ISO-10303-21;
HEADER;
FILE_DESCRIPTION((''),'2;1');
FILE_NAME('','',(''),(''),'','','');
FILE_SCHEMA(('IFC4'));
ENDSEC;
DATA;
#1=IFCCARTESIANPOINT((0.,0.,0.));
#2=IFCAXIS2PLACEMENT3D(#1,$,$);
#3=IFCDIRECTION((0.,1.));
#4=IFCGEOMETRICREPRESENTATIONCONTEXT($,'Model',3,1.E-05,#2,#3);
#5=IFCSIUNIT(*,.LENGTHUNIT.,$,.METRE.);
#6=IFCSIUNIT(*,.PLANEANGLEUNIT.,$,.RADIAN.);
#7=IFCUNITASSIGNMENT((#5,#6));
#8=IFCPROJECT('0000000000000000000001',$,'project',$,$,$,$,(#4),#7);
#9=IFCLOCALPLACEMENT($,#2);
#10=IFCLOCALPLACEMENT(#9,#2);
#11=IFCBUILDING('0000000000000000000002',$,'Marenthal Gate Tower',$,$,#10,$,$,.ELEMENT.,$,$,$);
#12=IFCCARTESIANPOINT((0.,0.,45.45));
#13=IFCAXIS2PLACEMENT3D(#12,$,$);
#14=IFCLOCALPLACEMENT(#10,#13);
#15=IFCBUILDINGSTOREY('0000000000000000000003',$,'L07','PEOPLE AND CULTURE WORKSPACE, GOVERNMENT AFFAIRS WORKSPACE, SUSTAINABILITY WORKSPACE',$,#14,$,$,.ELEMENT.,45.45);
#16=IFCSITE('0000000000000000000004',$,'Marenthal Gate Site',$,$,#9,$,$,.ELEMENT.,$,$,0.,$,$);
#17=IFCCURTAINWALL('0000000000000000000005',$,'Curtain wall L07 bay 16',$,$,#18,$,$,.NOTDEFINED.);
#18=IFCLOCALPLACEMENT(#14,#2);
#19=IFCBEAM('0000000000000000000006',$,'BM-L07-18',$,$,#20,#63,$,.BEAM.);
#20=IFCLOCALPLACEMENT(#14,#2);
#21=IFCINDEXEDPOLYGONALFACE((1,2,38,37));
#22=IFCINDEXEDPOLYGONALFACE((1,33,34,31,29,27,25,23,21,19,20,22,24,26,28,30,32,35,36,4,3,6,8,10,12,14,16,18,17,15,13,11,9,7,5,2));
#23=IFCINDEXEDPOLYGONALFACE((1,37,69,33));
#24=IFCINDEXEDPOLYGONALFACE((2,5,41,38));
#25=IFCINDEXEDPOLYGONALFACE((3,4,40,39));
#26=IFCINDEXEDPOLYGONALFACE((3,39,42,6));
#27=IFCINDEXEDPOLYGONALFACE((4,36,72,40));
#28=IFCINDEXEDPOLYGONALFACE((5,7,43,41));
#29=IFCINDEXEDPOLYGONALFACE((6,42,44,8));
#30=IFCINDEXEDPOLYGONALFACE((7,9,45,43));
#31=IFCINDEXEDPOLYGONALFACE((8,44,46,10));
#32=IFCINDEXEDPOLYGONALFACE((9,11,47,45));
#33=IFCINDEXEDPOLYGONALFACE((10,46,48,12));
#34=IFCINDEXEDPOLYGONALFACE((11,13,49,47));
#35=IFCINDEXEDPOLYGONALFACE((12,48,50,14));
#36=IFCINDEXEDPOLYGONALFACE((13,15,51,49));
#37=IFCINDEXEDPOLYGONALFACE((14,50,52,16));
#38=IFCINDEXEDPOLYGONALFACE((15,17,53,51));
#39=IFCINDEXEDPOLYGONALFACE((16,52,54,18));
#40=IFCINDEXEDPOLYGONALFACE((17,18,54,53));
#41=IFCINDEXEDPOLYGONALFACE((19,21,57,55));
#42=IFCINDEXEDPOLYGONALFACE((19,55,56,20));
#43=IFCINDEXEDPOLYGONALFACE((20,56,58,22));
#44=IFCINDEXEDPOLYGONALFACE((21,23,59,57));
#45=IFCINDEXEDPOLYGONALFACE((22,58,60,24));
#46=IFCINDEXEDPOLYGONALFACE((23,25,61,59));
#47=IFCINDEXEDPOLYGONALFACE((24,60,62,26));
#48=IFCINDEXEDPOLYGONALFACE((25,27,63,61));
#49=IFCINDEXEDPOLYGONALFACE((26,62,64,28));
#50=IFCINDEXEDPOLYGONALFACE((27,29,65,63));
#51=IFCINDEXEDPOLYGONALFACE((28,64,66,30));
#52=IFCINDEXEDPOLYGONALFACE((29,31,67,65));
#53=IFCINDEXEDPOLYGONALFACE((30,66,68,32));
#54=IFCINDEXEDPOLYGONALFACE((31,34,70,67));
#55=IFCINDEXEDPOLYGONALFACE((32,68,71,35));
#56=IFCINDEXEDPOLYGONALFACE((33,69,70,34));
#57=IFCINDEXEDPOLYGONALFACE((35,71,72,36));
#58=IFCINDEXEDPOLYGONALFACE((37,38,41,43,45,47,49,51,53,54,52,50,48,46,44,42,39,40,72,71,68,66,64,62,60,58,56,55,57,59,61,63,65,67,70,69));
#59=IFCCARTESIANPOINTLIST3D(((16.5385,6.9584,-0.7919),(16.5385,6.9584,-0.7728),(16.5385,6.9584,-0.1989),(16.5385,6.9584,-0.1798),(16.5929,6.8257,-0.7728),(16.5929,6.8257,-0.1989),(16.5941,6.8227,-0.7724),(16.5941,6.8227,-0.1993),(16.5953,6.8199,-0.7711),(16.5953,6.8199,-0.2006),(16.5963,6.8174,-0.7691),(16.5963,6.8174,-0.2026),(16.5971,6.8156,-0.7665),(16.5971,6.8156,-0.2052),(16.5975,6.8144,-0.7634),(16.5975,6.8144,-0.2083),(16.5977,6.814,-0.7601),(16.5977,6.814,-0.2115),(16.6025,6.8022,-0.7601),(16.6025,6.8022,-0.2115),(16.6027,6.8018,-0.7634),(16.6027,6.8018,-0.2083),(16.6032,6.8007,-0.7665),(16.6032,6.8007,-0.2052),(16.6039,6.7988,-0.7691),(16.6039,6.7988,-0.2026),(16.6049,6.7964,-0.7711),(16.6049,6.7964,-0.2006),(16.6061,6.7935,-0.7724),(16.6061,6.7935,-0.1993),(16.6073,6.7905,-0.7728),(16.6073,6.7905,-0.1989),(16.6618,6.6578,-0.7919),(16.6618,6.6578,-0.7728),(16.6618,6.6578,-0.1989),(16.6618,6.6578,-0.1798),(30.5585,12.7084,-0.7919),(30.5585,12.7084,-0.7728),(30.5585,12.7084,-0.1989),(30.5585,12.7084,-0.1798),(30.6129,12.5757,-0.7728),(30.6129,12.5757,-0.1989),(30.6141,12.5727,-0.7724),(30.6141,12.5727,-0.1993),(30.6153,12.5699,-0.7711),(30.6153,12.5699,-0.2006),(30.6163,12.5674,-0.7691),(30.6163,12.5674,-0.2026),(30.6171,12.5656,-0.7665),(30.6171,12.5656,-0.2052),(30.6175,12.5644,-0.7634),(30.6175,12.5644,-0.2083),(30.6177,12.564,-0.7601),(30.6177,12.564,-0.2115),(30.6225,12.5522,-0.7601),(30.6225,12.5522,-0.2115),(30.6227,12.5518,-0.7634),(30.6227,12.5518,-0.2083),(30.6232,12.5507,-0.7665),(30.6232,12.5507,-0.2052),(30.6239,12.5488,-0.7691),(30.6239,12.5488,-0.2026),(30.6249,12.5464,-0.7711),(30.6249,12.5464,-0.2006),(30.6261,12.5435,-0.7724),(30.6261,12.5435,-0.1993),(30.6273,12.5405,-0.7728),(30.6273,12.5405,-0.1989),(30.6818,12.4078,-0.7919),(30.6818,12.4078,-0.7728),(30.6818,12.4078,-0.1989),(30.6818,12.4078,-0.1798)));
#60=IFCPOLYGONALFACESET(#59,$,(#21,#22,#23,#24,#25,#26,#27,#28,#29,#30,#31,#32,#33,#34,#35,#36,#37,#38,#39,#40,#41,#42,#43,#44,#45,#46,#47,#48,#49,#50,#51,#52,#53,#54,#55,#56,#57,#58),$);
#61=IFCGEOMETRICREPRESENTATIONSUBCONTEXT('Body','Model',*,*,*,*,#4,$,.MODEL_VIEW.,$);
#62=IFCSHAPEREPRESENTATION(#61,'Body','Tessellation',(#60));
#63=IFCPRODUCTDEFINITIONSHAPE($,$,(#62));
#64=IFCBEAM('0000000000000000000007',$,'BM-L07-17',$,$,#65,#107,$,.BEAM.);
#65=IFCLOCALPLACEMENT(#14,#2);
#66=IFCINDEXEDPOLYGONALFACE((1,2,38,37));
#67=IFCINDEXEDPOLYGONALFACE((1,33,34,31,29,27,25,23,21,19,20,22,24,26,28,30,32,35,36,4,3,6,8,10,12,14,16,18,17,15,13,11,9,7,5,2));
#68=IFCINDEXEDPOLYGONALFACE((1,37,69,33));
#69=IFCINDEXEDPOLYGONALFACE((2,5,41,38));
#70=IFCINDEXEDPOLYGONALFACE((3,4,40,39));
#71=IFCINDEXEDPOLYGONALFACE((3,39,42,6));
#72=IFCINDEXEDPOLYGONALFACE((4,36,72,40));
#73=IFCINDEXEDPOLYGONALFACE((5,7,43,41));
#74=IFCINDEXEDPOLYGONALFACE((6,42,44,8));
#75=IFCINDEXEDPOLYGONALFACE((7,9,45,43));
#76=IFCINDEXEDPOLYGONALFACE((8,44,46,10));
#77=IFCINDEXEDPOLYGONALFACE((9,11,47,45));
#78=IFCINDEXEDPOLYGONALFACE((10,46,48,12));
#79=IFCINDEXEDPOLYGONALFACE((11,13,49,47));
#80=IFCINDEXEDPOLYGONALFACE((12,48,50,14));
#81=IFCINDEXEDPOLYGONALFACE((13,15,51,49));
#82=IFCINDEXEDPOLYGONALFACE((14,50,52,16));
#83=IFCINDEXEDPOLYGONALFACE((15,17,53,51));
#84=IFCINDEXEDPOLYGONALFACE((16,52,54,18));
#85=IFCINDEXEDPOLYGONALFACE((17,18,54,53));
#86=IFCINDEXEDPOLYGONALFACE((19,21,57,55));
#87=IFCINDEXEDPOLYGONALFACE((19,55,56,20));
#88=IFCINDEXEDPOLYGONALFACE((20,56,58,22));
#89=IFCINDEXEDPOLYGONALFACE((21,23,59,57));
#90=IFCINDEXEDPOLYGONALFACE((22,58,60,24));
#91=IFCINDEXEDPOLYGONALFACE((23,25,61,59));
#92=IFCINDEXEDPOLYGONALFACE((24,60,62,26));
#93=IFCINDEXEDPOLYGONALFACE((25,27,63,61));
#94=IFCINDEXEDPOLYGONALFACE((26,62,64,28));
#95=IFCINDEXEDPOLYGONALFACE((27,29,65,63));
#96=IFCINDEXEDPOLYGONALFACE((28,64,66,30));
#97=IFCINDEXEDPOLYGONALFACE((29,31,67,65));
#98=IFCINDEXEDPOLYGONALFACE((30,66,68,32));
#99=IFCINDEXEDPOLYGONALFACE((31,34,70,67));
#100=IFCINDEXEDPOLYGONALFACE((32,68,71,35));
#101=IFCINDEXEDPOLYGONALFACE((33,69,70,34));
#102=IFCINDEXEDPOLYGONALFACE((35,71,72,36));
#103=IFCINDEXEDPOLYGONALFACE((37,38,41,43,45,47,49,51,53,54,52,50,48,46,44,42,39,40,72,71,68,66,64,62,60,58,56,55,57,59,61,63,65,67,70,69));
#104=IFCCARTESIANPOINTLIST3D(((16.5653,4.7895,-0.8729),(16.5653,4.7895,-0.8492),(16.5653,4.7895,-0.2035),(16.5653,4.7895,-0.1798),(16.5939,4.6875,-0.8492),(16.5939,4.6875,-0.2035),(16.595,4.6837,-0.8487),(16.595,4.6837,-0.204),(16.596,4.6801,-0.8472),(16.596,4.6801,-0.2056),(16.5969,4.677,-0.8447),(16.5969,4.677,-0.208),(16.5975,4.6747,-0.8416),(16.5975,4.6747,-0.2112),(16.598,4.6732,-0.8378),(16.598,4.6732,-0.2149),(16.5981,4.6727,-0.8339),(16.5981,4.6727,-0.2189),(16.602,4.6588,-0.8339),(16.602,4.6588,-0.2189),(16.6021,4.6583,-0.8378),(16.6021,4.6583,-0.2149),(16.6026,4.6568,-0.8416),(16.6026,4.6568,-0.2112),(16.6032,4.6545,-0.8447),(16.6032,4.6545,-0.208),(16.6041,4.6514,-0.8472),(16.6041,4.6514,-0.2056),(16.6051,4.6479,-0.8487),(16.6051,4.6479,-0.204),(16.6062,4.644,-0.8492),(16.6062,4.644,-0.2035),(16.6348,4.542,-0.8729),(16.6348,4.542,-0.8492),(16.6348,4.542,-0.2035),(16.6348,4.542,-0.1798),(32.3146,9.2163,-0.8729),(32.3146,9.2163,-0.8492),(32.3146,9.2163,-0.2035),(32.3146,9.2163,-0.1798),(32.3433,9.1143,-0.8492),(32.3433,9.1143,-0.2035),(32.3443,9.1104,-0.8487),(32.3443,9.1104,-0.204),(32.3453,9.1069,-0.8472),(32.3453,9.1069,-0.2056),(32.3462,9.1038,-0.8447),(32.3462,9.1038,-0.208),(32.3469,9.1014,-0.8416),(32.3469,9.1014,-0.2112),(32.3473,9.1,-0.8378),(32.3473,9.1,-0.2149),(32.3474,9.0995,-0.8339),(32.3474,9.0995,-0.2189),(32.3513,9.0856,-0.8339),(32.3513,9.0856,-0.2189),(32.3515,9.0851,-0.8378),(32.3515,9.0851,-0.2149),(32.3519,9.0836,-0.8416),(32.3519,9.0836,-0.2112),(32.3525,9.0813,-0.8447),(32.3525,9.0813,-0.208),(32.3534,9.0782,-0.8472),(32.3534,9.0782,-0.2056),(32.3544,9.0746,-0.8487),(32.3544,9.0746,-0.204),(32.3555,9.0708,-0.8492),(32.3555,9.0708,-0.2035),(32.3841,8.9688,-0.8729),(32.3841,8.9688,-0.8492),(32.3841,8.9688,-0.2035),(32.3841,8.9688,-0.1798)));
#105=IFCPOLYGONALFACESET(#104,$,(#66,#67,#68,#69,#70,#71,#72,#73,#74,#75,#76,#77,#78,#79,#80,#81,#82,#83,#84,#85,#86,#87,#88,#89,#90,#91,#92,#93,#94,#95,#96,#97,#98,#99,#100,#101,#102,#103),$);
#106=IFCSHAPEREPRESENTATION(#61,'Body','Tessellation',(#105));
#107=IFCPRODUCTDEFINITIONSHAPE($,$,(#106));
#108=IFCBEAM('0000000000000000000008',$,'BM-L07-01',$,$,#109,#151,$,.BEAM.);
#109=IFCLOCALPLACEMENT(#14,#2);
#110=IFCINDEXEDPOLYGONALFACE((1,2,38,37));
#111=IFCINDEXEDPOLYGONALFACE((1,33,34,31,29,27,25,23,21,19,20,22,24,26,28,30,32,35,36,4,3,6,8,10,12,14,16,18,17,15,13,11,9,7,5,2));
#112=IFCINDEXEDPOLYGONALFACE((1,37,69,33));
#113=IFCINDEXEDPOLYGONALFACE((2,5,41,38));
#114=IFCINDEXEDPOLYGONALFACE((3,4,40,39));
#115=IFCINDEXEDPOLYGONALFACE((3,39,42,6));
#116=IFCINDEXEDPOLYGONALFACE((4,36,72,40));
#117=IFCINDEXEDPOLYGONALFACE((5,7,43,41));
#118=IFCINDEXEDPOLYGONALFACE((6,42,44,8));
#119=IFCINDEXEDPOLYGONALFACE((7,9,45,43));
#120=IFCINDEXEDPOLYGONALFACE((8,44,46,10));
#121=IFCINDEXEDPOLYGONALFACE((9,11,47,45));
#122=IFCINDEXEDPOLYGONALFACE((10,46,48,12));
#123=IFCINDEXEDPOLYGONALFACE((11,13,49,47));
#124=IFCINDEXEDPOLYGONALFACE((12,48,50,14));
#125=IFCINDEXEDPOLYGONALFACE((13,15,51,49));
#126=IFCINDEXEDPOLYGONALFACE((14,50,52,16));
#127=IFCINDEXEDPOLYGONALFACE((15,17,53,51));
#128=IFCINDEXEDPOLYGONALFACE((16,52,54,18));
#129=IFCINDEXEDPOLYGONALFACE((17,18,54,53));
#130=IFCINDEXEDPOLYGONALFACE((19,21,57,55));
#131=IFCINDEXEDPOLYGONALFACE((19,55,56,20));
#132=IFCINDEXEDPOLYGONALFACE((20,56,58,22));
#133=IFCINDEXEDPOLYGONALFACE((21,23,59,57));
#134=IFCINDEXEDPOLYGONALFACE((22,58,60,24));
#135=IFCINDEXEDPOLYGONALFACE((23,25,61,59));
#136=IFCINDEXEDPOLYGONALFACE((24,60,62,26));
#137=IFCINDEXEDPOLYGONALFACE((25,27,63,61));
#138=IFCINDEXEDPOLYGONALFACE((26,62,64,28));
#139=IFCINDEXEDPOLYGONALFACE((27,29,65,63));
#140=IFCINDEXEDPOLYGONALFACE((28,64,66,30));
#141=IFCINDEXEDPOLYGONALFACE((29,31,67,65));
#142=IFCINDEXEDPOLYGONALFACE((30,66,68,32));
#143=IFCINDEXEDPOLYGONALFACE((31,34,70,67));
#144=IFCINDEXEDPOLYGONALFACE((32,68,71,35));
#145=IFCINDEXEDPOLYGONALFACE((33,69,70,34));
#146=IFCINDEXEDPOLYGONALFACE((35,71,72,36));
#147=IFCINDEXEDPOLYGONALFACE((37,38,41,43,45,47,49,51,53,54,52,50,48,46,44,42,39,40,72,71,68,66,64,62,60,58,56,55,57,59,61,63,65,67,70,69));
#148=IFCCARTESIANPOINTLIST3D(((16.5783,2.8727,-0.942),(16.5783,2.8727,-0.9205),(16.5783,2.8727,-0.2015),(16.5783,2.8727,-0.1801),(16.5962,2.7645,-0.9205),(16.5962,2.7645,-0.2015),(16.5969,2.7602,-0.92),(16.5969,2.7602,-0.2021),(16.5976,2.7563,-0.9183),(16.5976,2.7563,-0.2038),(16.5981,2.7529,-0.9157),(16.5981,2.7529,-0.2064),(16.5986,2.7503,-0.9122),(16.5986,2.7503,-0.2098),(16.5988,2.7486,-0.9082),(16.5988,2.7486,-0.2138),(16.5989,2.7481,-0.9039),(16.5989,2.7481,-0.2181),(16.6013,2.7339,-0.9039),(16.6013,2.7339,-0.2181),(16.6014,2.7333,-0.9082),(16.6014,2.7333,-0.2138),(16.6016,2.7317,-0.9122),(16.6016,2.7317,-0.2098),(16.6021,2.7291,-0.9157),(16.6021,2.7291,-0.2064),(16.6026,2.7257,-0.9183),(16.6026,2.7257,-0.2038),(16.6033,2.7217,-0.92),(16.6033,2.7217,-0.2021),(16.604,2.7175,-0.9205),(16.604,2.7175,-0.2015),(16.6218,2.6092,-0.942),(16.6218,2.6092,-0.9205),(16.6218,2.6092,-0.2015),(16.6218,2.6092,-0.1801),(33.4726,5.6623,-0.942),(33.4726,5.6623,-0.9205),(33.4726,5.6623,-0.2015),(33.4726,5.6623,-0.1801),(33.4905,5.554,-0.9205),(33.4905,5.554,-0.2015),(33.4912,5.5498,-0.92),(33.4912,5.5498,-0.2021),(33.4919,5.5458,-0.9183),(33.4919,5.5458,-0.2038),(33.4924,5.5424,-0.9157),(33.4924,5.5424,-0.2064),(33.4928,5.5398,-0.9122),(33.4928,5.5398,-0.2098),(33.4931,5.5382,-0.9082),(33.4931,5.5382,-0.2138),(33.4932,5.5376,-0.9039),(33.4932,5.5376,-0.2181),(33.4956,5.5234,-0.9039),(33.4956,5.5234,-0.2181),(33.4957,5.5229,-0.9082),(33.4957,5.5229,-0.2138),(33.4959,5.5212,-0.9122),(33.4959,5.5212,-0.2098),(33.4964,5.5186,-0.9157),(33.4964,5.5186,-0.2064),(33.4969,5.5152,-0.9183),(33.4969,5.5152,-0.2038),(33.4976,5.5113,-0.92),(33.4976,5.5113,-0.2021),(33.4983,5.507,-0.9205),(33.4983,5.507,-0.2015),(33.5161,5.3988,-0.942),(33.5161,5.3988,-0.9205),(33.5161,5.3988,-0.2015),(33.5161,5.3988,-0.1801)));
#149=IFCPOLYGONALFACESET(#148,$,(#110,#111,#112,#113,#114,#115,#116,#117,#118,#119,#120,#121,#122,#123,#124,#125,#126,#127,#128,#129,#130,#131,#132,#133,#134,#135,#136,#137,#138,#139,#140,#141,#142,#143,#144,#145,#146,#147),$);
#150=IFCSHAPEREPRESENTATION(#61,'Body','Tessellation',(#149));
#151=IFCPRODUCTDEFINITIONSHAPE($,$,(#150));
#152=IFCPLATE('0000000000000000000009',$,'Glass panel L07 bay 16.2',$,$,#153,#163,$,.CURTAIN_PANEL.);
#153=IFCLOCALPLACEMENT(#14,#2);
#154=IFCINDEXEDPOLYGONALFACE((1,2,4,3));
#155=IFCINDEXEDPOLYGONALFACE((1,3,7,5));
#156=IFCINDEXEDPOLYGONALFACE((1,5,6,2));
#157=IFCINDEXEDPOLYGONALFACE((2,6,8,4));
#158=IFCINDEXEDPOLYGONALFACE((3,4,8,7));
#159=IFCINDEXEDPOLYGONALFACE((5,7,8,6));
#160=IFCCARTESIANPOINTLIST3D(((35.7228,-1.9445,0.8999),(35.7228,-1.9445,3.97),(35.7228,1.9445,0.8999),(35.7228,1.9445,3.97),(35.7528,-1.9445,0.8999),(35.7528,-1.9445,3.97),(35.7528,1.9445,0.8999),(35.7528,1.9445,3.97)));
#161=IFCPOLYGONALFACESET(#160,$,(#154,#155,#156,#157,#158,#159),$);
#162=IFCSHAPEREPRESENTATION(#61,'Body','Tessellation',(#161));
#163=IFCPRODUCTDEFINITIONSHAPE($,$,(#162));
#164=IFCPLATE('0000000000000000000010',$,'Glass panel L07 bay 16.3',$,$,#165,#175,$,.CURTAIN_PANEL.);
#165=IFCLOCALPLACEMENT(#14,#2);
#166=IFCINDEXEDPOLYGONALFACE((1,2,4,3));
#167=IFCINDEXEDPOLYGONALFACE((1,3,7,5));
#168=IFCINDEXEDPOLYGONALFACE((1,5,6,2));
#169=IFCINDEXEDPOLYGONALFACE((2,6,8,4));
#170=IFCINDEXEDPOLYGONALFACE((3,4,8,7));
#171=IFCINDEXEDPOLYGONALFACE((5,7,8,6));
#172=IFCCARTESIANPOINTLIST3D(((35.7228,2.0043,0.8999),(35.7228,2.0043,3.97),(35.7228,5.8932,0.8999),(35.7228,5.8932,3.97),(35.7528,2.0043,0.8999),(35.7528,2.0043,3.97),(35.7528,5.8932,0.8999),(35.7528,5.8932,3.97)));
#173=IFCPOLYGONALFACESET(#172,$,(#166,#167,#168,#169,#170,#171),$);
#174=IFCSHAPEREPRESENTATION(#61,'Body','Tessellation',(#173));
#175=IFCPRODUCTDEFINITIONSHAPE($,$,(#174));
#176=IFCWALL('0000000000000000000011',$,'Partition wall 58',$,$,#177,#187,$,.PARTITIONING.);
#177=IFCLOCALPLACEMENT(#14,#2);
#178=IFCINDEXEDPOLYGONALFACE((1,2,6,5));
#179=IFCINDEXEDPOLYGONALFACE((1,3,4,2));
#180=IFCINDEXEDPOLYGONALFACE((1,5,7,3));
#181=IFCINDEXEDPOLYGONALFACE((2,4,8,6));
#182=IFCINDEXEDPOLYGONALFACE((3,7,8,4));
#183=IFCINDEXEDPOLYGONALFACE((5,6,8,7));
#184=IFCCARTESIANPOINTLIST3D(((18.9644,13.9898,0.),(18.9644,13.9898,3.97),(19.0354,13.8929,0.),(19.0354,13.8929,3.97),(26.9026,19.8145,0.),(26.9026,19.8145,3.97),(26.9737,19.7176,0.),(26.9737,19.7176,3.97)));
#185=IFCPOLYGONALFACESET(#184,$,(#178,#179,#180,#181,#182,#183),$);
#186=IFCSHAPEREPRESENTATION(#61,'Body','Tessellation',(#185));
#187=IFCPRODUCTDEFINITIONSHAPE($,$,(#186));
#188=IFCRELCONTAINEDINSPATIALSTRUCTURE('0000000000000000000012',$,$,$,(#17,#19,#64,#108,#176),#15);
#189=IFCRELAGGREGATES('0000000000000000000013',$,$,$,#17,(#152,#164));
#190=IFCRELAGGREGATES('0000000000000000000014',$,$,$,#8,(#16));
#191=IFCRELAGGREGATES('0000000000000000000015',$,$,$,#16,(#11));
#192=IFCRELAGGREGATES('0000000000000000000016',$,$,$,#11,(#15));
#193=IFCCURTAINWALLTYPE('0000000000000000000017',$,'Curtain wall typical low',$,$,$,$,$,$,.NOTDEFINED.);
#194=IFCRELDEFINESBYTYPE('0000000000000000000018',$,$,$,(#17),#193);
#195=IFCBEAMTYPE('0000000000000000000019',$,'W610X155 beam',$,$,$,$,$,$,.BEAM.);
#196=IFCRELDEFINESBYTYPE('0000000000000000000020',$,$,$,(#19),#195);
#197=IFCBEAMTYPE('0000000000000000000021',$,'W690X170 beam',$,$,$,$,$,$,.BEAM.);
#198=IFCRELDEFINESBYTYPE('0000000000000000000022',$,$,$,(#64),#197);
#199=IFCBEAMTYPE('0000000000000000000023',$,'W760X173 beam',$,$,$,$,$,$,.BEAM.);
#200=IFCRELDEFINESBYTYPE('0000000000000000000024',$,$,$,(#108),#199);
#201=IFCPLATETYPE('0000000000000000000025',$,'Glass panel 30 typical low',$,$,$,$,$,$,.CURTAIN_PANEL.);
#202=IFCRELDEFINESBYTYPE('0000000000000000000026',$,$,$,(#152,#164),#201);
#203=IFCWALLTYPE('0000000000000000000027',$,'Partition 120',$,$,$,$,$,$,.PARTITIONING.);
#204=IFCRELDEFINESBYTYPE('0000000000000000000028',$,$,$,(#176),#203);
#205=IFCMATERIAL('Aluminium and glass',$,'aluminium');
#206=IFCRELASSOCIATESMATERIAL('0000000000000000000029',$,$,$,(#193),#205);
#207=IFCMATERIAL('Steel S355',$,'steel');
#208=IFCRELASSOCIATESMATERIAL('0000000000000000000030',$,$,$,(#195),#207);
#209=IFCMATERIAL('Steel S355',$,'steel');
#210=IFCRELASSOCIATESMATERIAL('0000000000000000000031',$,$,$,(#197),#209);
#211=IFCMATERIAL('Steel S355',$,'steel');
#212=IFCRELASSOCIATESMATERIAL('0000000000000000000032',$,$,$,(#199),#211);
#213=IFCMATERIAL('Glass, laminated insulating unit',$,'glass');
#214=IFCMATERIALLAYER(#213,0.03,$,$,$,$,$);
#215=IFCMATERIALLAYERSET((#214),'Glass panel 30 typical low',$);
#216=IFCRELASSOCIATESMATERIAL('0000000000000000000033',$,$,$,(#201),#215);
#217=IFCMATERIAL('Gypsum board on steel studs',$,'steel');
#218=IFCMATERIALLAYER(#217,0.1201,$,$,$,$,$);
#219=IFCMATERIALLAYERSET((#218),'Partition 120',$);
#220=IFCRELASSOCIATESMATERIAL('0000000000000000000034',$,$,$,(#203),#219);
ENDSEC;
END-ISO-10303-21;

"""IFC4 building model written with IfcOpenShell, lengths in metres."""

from ifc_helpers import new_model, si_unit, direction, frame, frame_2d, origin, origin_2d, place, context, subcontext, project, spatial, rectangle, i_section, extrude, material, layer, layer_set, material_profile, profile_set, type_object, element, aggregate, save


model = new_model("IFC4")

# Units and contexts
model_context = context("Model", 3, precision=1e-05, world=origin(), true_north=direction((0.0, 1.0)))
body_context = subcontext(model_context, "Body", "Model", "MODEL_VIEW")
ifc_project = project(units=[si_unit("LENGTHUNIT", "METRE"), si_unit("PLANEANGLEUNIT", "RADIAN")], contexts=[model_context])

# Site, building, storey
site_placement = place(None, origin())
site = spatial("IfcSite", under=ifc_project, at=site_placement, Name="Marenthal Gate Site", CompositionType="ELEMENT", RefElevation=0.0)
building_placement = place(site_placement, origin())
building = spatial("IfcBuilding", under=site, at=building_placement, Name="Marenthal Gate Tower", CompositionType="ELEMENT")
storey_placement = place(building_placement, frame((0.0, 0.0, 45.45)))
storey = spatial("IfcBuildingStorey", under=building, at=storey_placement, Name="L07", Description="PEOPLE AND CULTURE WORKSPACE, GOVERNMENT AFFAIRS WORKSPACE, SUSTAINABILITY WORKSPACE", CompositionType="ELEMENT", Elevation=45.45)

# Curtain wall
ifc_material_1 = material(Name="Aluminium and glass", Category="aluminium")
curtain_wall_type = type_object("IfcCurtainWallType", Name="Curtain wall typical low", PredefinedType="NOTDEFINED", material=ifc_material_1)
curtain_wall_placement = place(storey_placement, origin())
curtain_wall = element("IfcCurtainWall", 1, at=curtain_wall_placement, inside=storey, type_object=curtain_wall_type, Name="Curtain wall L07 bay 16", PredefinedType="NOTDEFINED")

# Beams
ifc_material_2 = material(Name="Steel S355", Category="steel")
ifc_material_profile_1 = material_profile(ifc_material_2, i_section(OverallWidth=0.325, OverallDepth=0.6121, WebThickness=0.0127, FlangeThickness=0.019, FilletRadius=0.0127, at=origin_2d()), Name="W610X155")
ifc_profile_set_1 = profile_set([ifc_material_profile_1], Name="Steel S355")
beam_type_1 = type_object("IfcBeamType", Name="W610X155 beam", PredefinedType="BEAM", material=ifc_profile_set_1)
beam_1_placement = place(storey_placement, frame((30.6201, 12.5581, -0.4858), z_axis=(-0.92521, -0.379455, 0.0), x_axis=(0.379455, -0.92521, 0.0)))
element("IfcBeam", 2, at=beam_1_placement, inside=storey, type_object=beam_type_1, Name="BM-L07-18", PredefinedType="BEAM", context=body_context, shape_type="SweptSolid", body=[
    extrude(i_section(OverallWidth=0.325, OverallDepth=0.6121, WebThickness=0.0127, FlangeThickness=0.019, FilletRadius=0.0127, at=origin_2d()), origin(), (0.0, 0.0, 1.0), 15.1533),
])
ifc_material_3 = material(Name="Steel S355", Category="steel")
ifc_material_profile_2 = material_profile(ifc_material_3, i_section(OverallWidth=0.2571, OverallDepth=0.6931, WebThickness=0.0144, FlangeThickness=0.0237, FilletRadius=0.0154, at=origin_2d()), Name="W690X170")
ifc_profile_set_2 = profile_set([ifc_material_profile_2], Name="Steel S355")
beam_type_2 = type_object("IfcBeamType", Name="W690X170 beam", PredefinedType="BEAM", material=ifc_profile_set_2)
beam_2_placement = place(storey_placement, frame((32.3494, 9.0925, -0.5264), z_axis=(-0.962694, -0.270591, 0.0), x_axis=(0.270591, -0.962694, 0.0)))
element("IfcBeam", 3, at=beam_2_placement, inside=storey, type_object=beam_type_2, Name="BM-L07-17", PredefinedType="BEAM", context=body_context, shape_type="SweptSolid", body=[
    extrude(i_section(OverallWidth=0.2571, OverallDepth=0.6931, WebThickness=0.0144, FlangeThickness=0.0237, FilletRadius=0.0154, at=origin_2d()), origin(), (0.0, 0.0, 1.0), 16.3596),
])
ifc_material_4 = material(Name="Steel S355", Category="steel")
ifc_material_profile_3 = material_profile(ifc_material_4, i_section(OverallWidth=0.2671, OverallDepth=0.762, WebThickness=0.0144, FlangeThickness=0.0215, FilletRadius=0.0166, at=origin_2d()), Name="W760X173")
ifc_profile_set_3 = profile_set([ifc_material_profile_3], Name="Steel S355")
beam_type_3 = type_object("IfcBeamType", Name="W760X173 beam", PredefinedType="BEAM", material=ifc_profile_set_3)
beam_3_placement = place(storey_placement, frame((33.4944, 5.5305, -0.561), z_axis=(-0.986641, -0.162912, 0.0), x_axis=(0.162912, -0.986641, 0.0)))
element("IfcBeam", 4, at=beam_3_placement, inside=storey, type_object=beam_type_3, Name="BM-L07-01", PredefinedType="BEAM", context=body_context, shape_type="SweptSolid", body=[
    extrude(i_section(OverallWidth=0.2671, OverallDepth=0.762, WebThickness=0.0144, FlangeThickness=0.0215, FilletRadius=0.0166, at=origin_2d()), origin(), (0.0, 0.0, 1.0), 17.123),
])

# Plates
ifc_material_5 = material(Name="Glass, laminated insulating unit", Category="glass")
ifc_layer_1 = layer(ifc_material_5, 0.03)
ifc_layer_set_1 = layer_set([ifc_layer_1], Name="Glass panel 30 typical low")
plate_type = type_object("IfcPlateType", Name="Glass panel 30 typical low", PredefinedType="CURTAIN_PANEL", material=ifc_layer_set_1)
plate_1_placement = place(storey_placement, frame((35.7378, 0.0, 0.8999), z_axis=(0.0, 0.0, 1.0), x_axis=(0.0, 1.0, 0.0)))
plate_1 = element("IfcPlate", 5, at=plate_1_placement, type_object=plate_type, Name="Glass panel L07 bay 16.2", PredefinedType="CURTAIN_PANEL", context=body_context, shape_type="SweptSolid", body=[
    extrude(rectangle(XDim=3.8889, YDim=0.03, at=origin_2d()), origin(), (0.0, 0.0, 1.0), 3.0701),
])
plate_2_placement = place(storey_placement, frame((35.7378, 3.9487, 0.8999), z_axis=(0.0, 0.0, 1.0), x_axis=(0.0, 1.0, 0.0)))
plate_2 = element("IfcPlate", 6, at=plate_2_placement, type_object=plate_type, Name="Glass panel L07 bay 16.3", PredefinedType="CURTAIN_PANEL", context=body_context, shape_type="SweptSolid", body=[
    extrude(rectangle(XDim=3.8889, YDim=0.03, at=origin_2d()), origin(), (0.0, 0.0, 1.0), 3.0701),
])
aggregate(curtain_wall, [plate_1, plate_2])

# Wall
ifc_material_6 = material(Name="Gypsum board on steel studs", Category="steel")
ifc_layer_2 = layer(ifc_material_6, 0.1201)
ifc_layer_set_2 = layer_set([ifc_layer_2], Name="Partition 120")
wall_type_1 = type_object("IfcWallType", Name="Partition 120", PredefinedType="PARTITIONING", material=ifc_layer_set_2)
wall_1_placement = place(storey_placement, frame((19.0, 13.9414, 0.0), z_axis=(0.0, 0.0, 1.0), x_axis=(0.806243, 0.591584, 0.0)))
element("IfcWall", 7, at=wall_1_placement, inside=storey, type_object=wall_type_1, Name="Partition wall 58", PredefinedType="PARTITIONING", context=body_context, shape_type="SweptSolid", body=[
    extrude(rectangle(XDim=9.8459, YDim=0.1201, at=frame_2d((4.9229, 0.0))), origin(), (0.0, 0.0, 1.0), 3.97),
])

save(model, "model.ifc")
